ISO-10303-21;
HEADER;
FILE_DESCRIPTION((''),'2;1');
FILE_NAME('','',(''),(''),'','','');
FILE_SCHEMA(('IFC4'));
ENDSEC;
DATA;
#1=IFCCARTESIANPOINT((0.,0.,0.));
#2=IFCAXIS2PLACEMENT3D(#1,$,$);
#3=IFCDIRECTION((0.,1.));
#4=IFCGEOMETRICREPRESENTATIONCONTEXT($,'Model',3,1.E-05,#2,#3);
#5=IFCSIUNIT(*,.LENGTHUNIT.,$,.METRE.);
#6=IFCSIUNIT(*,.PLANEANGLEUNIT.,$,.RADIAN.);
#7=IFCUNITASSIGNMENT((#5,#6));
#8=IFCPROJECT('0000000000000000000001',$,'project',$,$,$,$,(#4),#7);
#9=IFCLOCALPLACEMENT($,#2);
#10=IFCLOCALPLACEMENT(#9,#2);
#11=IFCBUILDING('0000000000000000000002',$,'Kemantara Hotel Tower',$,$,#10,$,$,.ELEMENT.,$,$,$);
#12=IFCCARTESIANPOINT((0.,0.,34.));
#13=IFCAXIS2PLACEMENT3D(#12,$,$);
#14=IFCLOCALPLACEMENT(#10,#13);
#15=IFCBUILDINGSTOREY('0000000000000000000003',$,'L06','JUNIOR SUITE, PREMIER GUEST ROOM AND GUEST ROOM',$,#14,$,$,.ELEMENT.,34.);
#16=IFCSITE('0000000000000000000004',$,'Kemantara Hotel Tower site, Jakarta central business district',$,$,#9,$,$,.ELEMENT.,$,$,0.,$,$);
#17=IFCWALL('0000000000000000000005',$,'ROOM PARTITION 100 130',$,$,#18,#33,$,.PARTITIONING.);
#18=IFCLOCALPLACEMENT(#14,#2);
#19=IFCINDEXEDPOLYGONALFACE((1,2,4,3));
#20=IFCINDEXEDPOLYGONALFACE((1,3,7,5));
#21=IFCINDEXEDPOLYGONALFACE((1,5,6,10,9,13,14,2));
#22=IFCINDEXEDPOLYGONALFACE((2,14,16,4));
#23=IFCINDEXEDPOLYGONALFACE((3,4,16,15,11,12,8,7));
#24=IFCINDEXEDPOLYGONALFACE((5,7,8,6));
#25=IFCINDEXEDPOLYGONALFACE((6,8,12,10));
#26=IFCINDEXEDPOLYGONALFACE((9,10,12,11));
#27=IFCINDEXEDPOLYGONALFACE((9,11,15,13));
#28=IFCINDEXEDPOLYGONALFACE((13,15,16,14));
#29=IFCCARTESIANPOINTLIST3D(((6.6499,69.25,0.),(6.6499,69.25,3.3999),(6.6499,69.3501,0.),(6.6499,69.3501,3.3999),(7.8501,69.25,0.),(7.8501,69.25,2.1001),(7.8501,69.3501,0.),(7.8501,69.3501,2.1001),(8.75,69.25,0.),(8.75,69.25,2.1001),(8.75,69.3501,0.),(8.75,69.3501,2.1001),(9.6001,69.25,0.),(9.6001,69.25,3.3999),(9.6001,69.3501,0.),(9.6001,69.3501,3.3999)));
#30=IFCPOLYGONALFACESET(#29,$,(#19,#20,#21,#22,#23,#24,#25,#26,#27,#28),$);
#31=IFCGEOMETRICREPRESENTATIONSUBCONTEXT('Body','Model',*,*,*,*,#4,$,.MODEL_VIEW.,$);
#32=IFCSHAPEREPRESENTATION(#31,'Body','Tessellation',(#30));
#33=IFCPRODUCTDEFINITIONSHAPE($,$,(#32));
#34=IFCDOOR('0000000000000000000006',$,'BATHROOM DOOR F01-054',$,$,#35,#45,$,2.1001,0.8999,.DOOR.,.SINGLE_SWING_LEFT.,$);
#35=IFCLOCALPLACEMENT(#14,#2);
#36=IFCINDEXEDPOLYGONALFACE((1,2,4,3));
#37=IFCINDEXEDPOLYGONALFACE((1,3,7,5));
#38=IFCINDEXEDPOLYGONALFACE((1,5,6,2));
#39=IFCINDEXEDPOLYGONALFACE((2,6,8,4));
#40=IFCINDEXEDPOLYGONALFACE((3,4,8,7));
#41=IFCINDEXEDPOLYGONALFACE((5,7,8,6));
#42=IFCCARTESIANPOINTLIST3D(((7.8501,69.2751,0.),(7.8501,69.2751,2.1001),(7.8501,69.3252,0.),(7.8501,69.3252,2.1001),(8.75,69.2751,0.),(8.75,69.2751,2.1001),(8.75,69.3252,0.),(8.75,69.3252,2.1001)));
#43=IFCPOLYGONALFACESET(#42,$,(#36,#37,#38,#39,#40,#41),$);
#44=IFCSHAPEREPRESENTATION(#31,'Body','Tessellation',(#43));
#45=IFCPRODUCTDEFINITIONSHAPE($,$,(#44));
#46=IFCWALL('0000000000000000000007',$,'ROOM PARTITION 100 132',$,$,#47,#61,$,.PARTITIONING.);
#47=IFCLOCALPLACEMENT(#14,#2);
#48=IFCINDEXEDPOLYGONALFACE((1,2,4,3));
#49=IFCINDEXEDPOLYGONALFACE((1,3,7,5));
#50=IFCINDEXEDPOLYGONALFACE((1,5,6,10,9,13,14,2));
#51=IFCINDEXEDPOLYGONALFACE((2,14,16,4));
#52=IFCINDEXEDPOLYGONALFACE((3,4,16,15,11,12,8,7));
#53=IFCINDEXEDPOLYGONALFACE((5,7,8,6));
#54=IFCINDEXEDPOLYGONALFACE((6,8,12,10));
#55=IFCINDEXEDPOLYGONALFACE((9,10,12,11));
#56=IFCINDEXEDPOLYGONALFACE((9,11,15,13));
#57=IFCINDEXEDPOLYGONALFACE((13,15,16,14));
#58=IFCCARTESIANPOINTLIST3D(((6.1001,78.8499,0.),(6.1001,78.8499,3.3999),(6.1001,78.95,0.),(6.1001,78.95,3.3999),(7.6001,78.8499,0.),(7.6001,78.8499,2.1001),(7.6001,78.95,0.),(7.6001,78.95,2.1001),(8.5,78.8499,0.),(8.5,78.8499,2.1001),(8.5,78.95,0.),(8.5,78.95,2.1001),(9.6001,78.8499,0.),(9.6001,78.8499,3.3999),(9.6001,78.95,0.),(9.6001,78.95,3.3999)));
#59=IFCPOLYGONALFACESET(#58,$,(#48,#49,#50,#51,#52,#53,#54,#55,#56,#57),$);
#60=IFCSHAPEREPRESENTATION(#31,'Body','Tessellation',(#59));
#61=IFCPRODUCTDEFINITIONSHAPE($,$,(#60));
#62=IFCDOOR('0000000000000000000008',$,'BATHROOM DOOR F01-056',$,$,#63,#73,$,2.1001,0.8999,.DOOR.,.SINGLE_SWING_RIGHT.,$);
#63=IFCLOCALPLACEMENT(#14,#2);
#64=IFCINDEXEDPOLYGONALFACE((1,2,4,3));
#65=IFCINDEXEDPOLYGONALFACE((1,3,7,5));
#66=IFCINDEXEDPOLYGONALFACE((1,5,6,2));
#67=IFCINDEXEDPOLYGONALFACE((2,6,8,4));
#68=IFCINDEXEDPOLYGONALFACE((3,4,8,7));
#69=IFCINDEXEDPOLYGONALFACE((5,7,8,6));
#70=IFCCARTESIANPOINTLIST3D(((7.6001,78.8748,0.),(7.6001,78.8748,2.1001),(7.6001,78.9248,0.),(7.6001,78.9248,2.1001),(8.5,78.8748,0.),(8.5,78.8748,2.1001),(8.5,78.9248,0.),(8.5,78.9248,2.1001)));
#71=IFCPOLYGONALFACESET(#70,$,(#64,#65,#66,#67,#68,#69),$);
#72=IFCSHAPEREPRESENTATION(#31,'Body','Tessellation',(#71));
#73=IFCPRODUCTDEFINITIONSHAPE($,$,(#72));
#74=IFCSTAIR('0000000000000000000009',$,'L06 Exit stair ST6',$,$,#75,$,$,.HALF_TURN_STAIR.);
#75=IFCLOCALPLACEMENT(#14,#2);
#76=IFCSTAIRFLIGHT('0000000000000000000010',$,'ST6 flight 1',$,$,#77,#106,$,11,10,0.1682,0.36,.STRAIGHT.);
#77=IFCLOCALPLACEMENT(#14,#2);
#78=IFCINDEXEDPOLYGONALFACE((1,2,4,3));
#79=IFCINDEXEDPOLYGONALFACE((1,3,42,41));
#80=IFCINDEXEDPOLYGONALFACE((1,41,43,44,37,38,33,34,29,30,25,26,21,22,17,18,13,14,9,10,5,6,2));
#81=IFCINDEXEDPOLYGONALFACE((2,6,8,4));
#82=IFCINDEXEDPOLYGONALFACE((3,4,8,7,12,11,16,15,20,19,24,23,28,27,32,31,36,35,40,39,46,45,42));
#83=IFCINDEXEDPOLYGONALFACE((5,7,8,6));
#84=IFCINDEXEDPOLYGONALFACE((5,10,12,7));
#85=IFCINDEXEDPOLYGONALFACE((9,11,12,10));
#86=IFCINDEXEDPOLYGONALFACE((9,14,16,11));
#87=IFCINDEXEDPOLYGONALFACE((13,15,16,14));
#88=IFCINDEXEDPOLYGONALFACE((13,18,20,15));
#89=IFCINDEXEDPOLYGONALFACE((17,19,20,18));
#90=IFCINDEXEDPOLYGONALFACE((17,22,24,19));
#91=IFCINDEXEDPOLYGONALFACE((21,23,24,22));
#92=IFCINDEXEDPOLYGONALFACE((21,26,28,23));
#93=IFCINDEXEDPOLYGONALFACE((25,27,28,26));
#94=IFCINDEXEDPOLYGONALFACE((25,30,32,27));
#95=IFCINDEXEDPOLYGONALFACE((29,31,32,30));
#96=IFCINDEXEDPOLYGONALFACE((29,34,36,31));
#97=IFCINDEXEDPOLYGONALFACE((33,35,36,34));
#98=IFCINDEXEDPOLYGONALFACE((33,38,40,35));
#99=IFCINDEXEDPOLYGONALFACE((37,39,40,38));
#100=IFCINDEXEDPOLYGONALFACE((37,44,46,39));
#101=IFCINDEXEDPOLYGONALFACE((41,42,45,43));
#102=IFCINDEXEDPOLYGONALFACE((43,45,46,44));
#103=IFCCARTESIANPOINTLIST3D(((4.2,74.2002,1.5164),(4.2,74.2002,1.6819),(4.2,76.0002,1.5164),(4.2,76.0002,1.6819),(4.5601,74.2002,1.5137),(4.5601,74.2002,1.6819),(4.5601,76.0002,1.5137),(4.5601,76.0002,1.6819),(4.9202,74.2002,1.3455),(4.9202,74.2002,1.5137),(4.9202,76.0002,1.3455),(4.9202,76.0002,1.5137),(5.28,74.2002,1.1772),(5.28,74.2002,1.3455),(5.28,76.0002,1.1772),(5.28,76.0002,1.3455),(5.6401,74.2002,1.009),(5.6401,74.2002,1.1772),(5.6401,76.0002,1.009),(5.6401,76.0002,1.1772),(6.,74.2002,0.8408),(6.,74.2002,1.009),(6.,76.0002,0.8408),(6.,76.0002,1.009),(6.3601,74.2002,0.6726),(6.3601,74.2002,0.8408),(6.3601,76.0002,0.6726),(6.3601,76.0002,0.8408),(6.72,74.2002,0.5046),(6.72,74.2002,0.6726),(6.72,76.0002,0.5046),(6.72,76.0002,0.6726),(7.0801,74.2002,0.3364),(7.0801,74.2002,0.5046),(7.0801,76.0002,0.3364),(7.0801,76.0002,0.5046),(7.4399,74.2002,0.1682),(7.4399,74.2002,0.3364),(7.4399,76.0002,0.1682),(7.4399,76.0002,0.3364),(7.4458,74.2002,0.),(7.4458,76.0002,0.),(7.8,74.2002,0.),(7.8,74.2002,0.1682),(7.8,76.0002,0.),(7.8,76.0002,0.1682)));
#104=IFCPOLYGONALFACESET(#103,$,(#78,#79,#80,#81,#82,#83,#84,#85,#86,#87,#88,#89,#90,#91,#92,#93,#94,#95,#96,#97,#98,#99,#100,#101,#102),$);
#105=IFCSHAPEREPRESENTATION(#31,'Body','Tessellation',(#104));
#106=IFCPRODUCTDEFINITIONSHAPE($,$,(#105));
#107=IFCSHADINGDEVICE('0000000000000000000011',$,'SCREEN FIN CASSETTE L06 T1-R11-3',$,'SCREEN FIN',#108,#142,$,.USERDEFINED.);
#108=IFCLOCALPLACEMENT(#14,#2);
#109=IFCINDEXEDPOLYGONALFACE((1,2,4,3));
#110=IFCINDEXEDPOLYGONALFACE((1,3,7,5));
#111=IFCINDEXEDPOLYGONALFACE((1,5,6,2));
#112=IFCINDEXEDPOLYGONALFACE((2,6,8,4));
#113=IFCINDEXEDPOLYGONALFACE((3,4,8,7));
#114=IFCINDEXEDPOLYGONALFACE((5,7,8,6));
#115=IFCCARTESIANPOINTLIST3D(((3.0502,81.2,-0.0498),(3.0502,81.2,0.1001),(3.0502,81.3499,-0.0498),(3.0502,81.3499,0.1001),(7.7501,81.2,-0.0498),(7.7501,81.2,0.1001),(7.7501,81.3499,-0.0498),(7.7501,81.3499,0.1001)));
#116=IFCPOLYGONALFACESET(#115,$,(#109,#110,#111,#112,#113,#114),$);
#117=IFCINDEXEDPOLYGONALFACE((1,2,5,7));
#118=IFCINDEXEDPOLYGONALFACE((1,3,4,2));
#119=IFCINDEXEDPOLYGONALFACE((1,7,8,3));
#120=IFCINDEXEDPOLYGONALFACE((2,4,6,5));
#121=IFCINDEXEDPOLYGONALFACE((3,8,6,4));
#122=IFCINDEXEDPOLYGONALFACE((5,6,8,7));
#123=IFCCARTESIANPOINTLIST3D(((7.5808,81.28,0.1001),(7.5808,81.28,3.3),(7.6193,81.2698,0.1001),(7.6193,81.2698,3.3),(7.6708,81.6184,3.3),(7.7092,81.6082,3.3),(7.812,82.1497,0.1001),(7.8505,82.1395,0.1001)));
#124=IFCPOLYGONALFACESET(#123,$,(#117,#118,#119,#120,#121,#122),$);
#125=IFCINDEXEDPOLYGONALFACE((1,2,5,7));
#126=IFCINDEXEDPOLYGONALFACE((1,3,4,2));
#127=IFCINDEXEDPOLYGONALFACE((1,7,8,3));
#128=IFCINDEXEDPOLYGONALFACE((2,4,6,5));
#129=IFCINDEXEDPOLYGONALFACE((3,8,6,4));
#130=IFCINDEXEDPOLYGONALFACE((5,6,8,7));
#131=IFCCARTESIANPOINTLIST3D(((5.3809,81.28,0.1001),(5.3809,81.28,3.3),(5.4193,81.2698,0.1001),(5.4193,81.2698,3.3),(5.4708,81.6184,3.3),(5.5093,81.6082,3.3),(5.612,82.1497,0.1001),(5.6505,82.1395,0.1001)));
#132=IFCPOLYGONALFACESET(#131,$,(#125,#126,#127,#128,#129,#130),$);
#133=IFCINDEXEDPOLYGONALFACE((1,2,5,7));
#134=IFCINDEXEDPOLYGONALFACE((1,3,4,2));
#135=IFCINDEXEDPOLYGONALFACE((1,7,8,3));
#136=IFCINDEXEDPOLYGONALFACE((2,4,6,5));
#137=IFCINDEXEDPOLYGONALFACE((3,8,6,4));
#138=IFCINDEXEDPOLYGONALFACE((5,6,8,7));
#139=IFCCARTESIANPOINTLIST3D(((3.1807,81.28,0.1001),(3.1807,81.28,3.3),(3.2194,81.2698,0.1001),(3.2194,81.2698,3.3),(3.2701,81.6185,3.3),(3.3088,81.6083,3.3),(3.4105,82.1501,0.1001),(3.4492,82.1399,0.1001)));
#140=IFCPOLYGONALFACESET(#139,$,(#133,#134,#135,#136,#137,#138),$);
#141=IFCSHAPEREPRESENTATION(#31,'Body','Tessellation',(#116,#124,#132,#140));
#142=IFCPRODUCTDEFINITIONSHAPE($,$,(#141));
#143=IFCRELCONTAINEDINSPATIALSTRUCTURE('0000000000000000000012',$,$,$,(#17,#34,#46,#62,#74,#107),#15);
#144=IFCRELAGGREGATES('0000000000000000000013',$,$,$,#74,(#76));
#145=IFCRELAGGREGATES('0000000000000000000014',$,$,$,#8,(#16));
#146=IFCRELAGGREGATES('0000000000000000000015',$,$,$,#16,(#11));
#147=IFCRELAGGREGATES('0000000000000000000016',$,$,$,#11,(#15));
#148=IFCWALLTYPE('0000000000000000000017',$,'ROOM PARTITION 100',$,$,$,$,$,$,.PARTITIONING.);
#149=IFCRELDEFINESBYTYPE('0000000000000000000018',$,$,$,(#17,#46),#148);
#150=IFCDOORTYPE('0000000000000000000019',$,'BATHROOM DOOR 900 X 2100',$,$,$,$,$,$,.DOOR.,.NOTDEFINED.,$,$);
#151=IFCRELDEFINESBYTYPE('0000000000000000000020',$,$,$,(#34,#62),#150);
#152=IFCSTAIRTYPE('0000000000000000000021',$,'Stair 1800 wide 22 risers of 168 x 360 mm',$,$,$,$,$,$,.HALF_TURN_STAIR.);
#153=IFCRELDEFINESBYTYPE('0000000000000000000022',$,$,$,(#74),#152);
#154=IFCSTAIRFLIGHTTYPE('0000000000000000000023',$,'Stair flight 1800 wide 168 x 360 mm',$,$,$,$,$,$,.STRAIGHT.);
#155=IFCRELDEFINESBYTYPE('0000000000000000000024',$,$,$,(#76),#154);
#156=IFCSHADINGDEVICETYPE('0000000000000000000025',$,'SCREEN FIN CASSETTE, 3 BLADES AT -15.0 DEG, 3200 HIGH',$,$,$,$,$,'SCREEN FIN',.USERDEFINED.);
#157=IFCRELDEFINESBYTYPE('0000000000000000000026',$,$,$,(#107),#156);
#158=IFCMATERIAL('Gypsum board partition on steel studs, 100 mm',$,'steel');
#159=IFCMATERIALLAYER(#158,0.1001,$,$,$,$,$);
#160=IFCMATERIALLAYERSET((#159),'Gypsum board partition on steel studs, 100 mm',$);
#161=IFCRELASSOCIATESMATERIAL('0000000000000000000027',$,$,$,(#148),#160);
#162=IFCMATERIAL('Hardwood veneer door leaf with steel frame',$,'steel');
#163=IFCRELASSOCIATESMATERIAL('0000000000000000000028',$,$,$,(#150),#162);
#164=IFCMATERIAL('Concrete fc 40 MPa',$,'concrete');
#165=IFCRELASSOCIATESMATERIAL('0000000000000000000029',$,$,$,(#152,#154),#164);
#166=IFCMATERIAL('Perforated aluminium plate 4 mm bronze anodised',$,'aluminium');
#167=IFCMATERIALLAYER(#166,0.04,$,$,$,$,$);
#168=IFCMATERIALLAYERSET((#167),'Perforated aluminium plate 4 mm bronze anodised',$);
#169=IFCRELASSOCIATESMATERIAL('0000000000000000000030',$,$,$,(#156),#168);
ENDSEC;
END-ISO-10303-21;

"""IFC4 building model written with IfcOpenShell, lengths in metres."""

from ifc_helpers import new_model, si_unit, direction, frame, frame_2d, origin, origin_2d, place, context, subcontext, project, spatial, polyline, rectangle, outline, extrude, source, transform, mapped, material, layer, layer_set, type_object, element, fill, aggregate, save


model = new_model("IFC4")

# Units and contexts
model_context = context("Model", 3, precision=1e-05, world=origin(), true_north=direction((0.0, 1.0)))
body_context = subcontext(model_context, "Body", "Model", "MODEL_VIEW")
ifc_project = project(units=[si_unit("LENGTHUNIT", "METRE"), si_unit("PLANEANGLEUNIT", "RADIAN")], contexts=[model_context])

# Site, building, storey
site_placement = place(None, origin())
site = spatial("IfcSite", under=ifc_project, at=site_placement, Name="Kemantara Hotel Tower site, Jakarta central business district", CompositionType="ELEMENT", RefElevation=0.0)
building_placement = place(site_placement, origin())
building = spatial("IfcBuilding", under=site, at=building_placement, Name="Kemantara Hotel Tower", CompositionType="ELEMENT")
storey_placement = place(building_placement, frame((0.0, 0.0, 34.0)))
storey = spatial("IfcBuildingStorey", under=building, at=storey_placement, Name="L06", Description="JUNIOR SUITE, PREMIER GUEST ROOM AND GUEST ROOM", CompositionType="ELEMENT", Elevation=34.0)

# Walls, openings, doors
ifc_material_1 = material(Name="Hardwood veneer door leaf with steel frame", Category="steel")
ifc_material_2 = material(Name="Concrete fc 40 MPa", Category="concrete")
ifc_material_3 = material(Name="Gypsum board partition on steel studs, 100 mm", Category="steel")
ifc_layer_1 = layer(ifc_material_3, 0.1001)
ifc_layer_set_1 = layer_set([ifc_layer_1], Name="Gypsum board partition on steel studs, 100 mm")
wall_type_1 = type_object("IfcWallType", Name="ROOM PARTITION 100", PredefinedType="PARTITIONING", material=ifc_layer_set_1)
wall_1_placement = place(storey_placement, frame((9.6001, 69.3, 0.0), z_axis=(0.0, 0.0, 1.0), x_axis=(-1.0, 0.0, 0.0)))
wall_1 = element("IfcWall", 1, at=wall_1_placement, inside=storey, type_object=wall_type_1, Name="ROOM PARTITION 100 130", PredefinedType="PARTITIONING", context=body_context, shape_type="SweptSolid", body=[
    extrude(rectangle(XDim=2.9502, YDim=0.1001, at=frame_2d((1.4751, 0.0))), origin(), (0.0, 0.0, 1.0), 3.3999),
])
opening_1_placement = place(wall_1_placement, frame((0.8501, 0.0, 0.0)))
opening_1 = element("IfcOpeningElement", 2, at=opening_1_placement, cuts=wall_1, PredefinedType="OPENING", context=body_context, shape_type="SweptSolid", body=[
    extrude(rectangle(XDim=0.8999, YDim=2.1001, at=frame_2d((0.45, 1.05))), frame((0.0, 0.0601, 0.0), z_axis=(0.0, -1.0, 0.0), x_axis=(1.0, 0.0, 0.0)), (0.0, 0.0, 1.0), 0.1201),
])
door_type_1 = type_object("IfcDoorType", Name="BATHROOM DOOR 900 X 2100", OperationType="NOTDEFINED", PredefinedType="DOOR", material=ifc_material_1)
door_1_placement = place(opening_1_placement, origin())
door_1 = element("IfcDoor", 3, at=door_1_placement, inside=storey, type_object=door_type_1, Name="BATHROOM DOOR F01-054", OperationType="SINGLE_SWING_LEFT", OverallHeight=2.1001, OverallWidth=0.8999, PredefinedType="DOOR", context=body_context, shape_type="SweptSolid", body=[
    extrude(rectangle(XDim=0.8999, YDim=2.1001, at=frame_2d((0.45, 1.05))), frame((0.0, 0.0249, 0.0), z_axis=(0.0, -1.0, 0.0), x_axis=(1.0, 0.0, 0.0)), (0.0, 0.0, 1.0), 0.05),
])
fill(opening_1, door_1)
wall_2_placement = place(storey_placement, frame((6.1001, 78.8999, 0.0), z_axis=(0.0, 0.0, 1.0), x_axis=(1.0, 0.0, 0.0)))
wall_2 = element("IfcWall", 4, at=wall_2_placement, inside=storey, type_object=wall_type_1, Name="ROOM PARTITION 100 132", PredefinedType="PARTITIONING", context=body_context, shape_type="SweptSolid", body=[
    extrude(rectangle(XDim=3.5, YDim=0.1001, at=frame_2d((1.75, 0.0))), origin(), (0.0, 0.0, 1.0), 3.3999),
])
opening_2_placement = place(wall_2_placement, frame((1.5, 0.0, 0.0)))
opening_2 = element("IfcOpeningElement", 5, at=opening_2_placement, cuts=wall_2, PredefinedType="OPENING", context=body_context, shape_type="SweptSolid", body=[
    extrude(rectangle(XDim=0.8999, YDim=2.1001, at=frame_2d((0.45, 1.05))), frame((0.0, 0.0601, 0.0), z_axis=(0.0, -1.0, 0.0), x_axis=(1.0, 0.0, 0.0)), (0.0, 0.0, 1.0), 0.1201),
])
door_2_placement = place(opening_2_placement, origin())
door_2 = element("IfcDoor", 6, at=door_2_placement, inside=storey, type_object=door_type_1, Name="BATHROOM DOOR F01-056", OperationType="SINGLE_SWING_RIGHT", OverallHeight=2.1001, OverallWidth=0.8999, PredefinedType="DOOR", context=body_context, shape_type="SweptSolid", body=[
    extrude(rectangle(XDim=0.8999, YDim=2.1001, at=frame_2d((0.45, 1.05))), frame((0.0, 0.0249, 0.0), z_axis=(0.0, -1.0, 0.0), x_axis=(1.0, 0.0, 0.0)), (0.0, 0.0, 1.0), 0.05),
])
fill(opening_2, door_2)

# Stair, stair flight
stair_type = type_object("IfcStairType", Name="Stair 1800 wide 22 risers of 168 x 360 mm", PredefinedType="HALF_TURN_STAIR", material=ifc_material_2)
stair_placement = place(storey_placement, origin())
stair = element("IfcStair", 7, at=stair_placement, inside=storey, type_object=stair_type, Name="L06 Exit stair ST6", PredefinedType="HALF_TURN_STAIR")
stair_flight_type = type_object("IfcStairFlightType", Name="Stair flight 1800 wide 168 x 360 mm", PredefinedType="STRAIGHT", material=ifc_material_2)
stair_flight_placement = place(storey_placement, frame((7.8, 75.1001, 0.0), z_axis=(0.0, 0.0, 1.0), x_axis=(-1.0, 0.0, 0.0)))
stair_flight = element("IfcStairFlight", 8, at=stair_flight_placement, type_object=stair_flight_type, Name="ST6 flight 1", NumberOfRisers=11, NumberOfTreads=10, PredefinedType="STRAIGHT", RiserHeight=0.1682, TreadLength=0.36, context=body_context, shape_type="SweptSolid", body=[
    extrude(outline(polyline([(0.0, 0.0), (0.0, 0.1682), (0.3601, 0.1682), (0.3601, 0.3364), (0.72, 0.3364), (0.72, 0.5046), (1.0801, 0.5046), (1.0801, 0.6726), (1.4399, 0.6726), (1.4399, 0.8408), (1.8, 0.8408), (1.8, 1.009), (2.1599, 1.009), (2.1599, 1.1772), (2.52, 1.1772), (2.52, 1.3455), (2.8799, 1.3455), (2.8799, 1.5137), (3.24, 1.5137), (3.24, 1.6819), (3.6001, 1.6819), (3.6001, 1.8501), (3.6001, 1.5164), (0.3542, 0.0), (0.0, 0.0)])), frame((0.0, 0.8999, 0.0), z_axis=(0.0, -1.0, 0.0), x_axis=(1.0, 0.0, 0.0)), (0.0, 0.0, 1.0), 1.8),
])
aggregate(stair, [stair_flight])

# Shading device
ifc_material_4 = material(Name="Perforated aluminium plate 4 mm bronze anodised", Category="aluminium")
ifc_layer_2 = layer(ifc_material_4, 0.04)
ifc_layer_set_2 = layer_set([ifc_layer_2], Name="Perforated aluminium plate 4 mm bronze anodised")
shading_device_type = type_object("IfcShadingDeviceType", Name="SCREEN FIN CASSETTE, 3 BLADES AT -15.0 DEG, 3200 HIGH", ElementType="SCREEN FIN", PredefinedType="USERDEFINED", material=ifc_layer_set_2)
shared_shape_1 = source(origin(), body_context, "Body", "SweptSolid", [
    extrude(rectangle(XDim=4.7, YDim=0.1499, at=origin_2d()), frame((2.2, -0.075, -0.1499), z_axis=(0.0, 0.0, 1.0), x_axis=(1.0, 0.0, 0.0)), (0.0, 0.0, 1.0), 0.1499),
    extrude(outline(polyline([(0.0, 0.0), (0.8999, 0.0), (0.3501, 3.2), (0.0, 3.2), (0.0, 0.0)])), frame((0.0193, -0.0801, 0.0), z_axis=(-0.966438, 0.256901, 0.0), x_axis=(-0.256901, -0.966438, 0.0)), (0.0, 0.0, 1.0), 0.0398),
    extrude(outline(polyline([(0.0, 0.0), (0.8999, 0.0), (0.3501, 3.2), (0.0, 3.2), (0.0, 0.0)])), frame((2.2192, -0.0801, 0.0), z_axis=(-0.966438, 0.256901, 0.0), x_axis=(-0.256901, -0.966438, 0.0)), (0.0, 0.0, 1.0), 0.0398),
    extrude(outline(polyline([(0.0, 0.0), (0.8999, 0.0), (0.3501, 3.2), (0.0, 3.2), (0.0, 0.0)])), frame((4.4194, -0.0801, 0.0), z_axis=(-0.966838, 0.255391, 0.0), x_axis=(-0.255391, -0.966838, 0.0)), (0.0, 0.0, 1.0), 0.04),
])
shading_device_placement = place(storey_placement, frame((7.6001, 81.2, 0.1001), z_axis=(0.0, 0.0, 1.0), x_axis=(-1.0, 0.0, 0.0)))
element("IfcShadingDevice", 9, at=shading_device_placement, inside=storey, type_object=shading_device_type, Name="SCREEN FIN CASSETTE L06 T1-R11-3", ObjectType="SCREEN FIN", PredefinedType="USERDEFINED", context=body_context, shape_type="MappedRepresentation", body=[
    mapped(shared_shape_1, transform((0.0, 0.0, 0.0))),
])

save(model, "model.ifc")
